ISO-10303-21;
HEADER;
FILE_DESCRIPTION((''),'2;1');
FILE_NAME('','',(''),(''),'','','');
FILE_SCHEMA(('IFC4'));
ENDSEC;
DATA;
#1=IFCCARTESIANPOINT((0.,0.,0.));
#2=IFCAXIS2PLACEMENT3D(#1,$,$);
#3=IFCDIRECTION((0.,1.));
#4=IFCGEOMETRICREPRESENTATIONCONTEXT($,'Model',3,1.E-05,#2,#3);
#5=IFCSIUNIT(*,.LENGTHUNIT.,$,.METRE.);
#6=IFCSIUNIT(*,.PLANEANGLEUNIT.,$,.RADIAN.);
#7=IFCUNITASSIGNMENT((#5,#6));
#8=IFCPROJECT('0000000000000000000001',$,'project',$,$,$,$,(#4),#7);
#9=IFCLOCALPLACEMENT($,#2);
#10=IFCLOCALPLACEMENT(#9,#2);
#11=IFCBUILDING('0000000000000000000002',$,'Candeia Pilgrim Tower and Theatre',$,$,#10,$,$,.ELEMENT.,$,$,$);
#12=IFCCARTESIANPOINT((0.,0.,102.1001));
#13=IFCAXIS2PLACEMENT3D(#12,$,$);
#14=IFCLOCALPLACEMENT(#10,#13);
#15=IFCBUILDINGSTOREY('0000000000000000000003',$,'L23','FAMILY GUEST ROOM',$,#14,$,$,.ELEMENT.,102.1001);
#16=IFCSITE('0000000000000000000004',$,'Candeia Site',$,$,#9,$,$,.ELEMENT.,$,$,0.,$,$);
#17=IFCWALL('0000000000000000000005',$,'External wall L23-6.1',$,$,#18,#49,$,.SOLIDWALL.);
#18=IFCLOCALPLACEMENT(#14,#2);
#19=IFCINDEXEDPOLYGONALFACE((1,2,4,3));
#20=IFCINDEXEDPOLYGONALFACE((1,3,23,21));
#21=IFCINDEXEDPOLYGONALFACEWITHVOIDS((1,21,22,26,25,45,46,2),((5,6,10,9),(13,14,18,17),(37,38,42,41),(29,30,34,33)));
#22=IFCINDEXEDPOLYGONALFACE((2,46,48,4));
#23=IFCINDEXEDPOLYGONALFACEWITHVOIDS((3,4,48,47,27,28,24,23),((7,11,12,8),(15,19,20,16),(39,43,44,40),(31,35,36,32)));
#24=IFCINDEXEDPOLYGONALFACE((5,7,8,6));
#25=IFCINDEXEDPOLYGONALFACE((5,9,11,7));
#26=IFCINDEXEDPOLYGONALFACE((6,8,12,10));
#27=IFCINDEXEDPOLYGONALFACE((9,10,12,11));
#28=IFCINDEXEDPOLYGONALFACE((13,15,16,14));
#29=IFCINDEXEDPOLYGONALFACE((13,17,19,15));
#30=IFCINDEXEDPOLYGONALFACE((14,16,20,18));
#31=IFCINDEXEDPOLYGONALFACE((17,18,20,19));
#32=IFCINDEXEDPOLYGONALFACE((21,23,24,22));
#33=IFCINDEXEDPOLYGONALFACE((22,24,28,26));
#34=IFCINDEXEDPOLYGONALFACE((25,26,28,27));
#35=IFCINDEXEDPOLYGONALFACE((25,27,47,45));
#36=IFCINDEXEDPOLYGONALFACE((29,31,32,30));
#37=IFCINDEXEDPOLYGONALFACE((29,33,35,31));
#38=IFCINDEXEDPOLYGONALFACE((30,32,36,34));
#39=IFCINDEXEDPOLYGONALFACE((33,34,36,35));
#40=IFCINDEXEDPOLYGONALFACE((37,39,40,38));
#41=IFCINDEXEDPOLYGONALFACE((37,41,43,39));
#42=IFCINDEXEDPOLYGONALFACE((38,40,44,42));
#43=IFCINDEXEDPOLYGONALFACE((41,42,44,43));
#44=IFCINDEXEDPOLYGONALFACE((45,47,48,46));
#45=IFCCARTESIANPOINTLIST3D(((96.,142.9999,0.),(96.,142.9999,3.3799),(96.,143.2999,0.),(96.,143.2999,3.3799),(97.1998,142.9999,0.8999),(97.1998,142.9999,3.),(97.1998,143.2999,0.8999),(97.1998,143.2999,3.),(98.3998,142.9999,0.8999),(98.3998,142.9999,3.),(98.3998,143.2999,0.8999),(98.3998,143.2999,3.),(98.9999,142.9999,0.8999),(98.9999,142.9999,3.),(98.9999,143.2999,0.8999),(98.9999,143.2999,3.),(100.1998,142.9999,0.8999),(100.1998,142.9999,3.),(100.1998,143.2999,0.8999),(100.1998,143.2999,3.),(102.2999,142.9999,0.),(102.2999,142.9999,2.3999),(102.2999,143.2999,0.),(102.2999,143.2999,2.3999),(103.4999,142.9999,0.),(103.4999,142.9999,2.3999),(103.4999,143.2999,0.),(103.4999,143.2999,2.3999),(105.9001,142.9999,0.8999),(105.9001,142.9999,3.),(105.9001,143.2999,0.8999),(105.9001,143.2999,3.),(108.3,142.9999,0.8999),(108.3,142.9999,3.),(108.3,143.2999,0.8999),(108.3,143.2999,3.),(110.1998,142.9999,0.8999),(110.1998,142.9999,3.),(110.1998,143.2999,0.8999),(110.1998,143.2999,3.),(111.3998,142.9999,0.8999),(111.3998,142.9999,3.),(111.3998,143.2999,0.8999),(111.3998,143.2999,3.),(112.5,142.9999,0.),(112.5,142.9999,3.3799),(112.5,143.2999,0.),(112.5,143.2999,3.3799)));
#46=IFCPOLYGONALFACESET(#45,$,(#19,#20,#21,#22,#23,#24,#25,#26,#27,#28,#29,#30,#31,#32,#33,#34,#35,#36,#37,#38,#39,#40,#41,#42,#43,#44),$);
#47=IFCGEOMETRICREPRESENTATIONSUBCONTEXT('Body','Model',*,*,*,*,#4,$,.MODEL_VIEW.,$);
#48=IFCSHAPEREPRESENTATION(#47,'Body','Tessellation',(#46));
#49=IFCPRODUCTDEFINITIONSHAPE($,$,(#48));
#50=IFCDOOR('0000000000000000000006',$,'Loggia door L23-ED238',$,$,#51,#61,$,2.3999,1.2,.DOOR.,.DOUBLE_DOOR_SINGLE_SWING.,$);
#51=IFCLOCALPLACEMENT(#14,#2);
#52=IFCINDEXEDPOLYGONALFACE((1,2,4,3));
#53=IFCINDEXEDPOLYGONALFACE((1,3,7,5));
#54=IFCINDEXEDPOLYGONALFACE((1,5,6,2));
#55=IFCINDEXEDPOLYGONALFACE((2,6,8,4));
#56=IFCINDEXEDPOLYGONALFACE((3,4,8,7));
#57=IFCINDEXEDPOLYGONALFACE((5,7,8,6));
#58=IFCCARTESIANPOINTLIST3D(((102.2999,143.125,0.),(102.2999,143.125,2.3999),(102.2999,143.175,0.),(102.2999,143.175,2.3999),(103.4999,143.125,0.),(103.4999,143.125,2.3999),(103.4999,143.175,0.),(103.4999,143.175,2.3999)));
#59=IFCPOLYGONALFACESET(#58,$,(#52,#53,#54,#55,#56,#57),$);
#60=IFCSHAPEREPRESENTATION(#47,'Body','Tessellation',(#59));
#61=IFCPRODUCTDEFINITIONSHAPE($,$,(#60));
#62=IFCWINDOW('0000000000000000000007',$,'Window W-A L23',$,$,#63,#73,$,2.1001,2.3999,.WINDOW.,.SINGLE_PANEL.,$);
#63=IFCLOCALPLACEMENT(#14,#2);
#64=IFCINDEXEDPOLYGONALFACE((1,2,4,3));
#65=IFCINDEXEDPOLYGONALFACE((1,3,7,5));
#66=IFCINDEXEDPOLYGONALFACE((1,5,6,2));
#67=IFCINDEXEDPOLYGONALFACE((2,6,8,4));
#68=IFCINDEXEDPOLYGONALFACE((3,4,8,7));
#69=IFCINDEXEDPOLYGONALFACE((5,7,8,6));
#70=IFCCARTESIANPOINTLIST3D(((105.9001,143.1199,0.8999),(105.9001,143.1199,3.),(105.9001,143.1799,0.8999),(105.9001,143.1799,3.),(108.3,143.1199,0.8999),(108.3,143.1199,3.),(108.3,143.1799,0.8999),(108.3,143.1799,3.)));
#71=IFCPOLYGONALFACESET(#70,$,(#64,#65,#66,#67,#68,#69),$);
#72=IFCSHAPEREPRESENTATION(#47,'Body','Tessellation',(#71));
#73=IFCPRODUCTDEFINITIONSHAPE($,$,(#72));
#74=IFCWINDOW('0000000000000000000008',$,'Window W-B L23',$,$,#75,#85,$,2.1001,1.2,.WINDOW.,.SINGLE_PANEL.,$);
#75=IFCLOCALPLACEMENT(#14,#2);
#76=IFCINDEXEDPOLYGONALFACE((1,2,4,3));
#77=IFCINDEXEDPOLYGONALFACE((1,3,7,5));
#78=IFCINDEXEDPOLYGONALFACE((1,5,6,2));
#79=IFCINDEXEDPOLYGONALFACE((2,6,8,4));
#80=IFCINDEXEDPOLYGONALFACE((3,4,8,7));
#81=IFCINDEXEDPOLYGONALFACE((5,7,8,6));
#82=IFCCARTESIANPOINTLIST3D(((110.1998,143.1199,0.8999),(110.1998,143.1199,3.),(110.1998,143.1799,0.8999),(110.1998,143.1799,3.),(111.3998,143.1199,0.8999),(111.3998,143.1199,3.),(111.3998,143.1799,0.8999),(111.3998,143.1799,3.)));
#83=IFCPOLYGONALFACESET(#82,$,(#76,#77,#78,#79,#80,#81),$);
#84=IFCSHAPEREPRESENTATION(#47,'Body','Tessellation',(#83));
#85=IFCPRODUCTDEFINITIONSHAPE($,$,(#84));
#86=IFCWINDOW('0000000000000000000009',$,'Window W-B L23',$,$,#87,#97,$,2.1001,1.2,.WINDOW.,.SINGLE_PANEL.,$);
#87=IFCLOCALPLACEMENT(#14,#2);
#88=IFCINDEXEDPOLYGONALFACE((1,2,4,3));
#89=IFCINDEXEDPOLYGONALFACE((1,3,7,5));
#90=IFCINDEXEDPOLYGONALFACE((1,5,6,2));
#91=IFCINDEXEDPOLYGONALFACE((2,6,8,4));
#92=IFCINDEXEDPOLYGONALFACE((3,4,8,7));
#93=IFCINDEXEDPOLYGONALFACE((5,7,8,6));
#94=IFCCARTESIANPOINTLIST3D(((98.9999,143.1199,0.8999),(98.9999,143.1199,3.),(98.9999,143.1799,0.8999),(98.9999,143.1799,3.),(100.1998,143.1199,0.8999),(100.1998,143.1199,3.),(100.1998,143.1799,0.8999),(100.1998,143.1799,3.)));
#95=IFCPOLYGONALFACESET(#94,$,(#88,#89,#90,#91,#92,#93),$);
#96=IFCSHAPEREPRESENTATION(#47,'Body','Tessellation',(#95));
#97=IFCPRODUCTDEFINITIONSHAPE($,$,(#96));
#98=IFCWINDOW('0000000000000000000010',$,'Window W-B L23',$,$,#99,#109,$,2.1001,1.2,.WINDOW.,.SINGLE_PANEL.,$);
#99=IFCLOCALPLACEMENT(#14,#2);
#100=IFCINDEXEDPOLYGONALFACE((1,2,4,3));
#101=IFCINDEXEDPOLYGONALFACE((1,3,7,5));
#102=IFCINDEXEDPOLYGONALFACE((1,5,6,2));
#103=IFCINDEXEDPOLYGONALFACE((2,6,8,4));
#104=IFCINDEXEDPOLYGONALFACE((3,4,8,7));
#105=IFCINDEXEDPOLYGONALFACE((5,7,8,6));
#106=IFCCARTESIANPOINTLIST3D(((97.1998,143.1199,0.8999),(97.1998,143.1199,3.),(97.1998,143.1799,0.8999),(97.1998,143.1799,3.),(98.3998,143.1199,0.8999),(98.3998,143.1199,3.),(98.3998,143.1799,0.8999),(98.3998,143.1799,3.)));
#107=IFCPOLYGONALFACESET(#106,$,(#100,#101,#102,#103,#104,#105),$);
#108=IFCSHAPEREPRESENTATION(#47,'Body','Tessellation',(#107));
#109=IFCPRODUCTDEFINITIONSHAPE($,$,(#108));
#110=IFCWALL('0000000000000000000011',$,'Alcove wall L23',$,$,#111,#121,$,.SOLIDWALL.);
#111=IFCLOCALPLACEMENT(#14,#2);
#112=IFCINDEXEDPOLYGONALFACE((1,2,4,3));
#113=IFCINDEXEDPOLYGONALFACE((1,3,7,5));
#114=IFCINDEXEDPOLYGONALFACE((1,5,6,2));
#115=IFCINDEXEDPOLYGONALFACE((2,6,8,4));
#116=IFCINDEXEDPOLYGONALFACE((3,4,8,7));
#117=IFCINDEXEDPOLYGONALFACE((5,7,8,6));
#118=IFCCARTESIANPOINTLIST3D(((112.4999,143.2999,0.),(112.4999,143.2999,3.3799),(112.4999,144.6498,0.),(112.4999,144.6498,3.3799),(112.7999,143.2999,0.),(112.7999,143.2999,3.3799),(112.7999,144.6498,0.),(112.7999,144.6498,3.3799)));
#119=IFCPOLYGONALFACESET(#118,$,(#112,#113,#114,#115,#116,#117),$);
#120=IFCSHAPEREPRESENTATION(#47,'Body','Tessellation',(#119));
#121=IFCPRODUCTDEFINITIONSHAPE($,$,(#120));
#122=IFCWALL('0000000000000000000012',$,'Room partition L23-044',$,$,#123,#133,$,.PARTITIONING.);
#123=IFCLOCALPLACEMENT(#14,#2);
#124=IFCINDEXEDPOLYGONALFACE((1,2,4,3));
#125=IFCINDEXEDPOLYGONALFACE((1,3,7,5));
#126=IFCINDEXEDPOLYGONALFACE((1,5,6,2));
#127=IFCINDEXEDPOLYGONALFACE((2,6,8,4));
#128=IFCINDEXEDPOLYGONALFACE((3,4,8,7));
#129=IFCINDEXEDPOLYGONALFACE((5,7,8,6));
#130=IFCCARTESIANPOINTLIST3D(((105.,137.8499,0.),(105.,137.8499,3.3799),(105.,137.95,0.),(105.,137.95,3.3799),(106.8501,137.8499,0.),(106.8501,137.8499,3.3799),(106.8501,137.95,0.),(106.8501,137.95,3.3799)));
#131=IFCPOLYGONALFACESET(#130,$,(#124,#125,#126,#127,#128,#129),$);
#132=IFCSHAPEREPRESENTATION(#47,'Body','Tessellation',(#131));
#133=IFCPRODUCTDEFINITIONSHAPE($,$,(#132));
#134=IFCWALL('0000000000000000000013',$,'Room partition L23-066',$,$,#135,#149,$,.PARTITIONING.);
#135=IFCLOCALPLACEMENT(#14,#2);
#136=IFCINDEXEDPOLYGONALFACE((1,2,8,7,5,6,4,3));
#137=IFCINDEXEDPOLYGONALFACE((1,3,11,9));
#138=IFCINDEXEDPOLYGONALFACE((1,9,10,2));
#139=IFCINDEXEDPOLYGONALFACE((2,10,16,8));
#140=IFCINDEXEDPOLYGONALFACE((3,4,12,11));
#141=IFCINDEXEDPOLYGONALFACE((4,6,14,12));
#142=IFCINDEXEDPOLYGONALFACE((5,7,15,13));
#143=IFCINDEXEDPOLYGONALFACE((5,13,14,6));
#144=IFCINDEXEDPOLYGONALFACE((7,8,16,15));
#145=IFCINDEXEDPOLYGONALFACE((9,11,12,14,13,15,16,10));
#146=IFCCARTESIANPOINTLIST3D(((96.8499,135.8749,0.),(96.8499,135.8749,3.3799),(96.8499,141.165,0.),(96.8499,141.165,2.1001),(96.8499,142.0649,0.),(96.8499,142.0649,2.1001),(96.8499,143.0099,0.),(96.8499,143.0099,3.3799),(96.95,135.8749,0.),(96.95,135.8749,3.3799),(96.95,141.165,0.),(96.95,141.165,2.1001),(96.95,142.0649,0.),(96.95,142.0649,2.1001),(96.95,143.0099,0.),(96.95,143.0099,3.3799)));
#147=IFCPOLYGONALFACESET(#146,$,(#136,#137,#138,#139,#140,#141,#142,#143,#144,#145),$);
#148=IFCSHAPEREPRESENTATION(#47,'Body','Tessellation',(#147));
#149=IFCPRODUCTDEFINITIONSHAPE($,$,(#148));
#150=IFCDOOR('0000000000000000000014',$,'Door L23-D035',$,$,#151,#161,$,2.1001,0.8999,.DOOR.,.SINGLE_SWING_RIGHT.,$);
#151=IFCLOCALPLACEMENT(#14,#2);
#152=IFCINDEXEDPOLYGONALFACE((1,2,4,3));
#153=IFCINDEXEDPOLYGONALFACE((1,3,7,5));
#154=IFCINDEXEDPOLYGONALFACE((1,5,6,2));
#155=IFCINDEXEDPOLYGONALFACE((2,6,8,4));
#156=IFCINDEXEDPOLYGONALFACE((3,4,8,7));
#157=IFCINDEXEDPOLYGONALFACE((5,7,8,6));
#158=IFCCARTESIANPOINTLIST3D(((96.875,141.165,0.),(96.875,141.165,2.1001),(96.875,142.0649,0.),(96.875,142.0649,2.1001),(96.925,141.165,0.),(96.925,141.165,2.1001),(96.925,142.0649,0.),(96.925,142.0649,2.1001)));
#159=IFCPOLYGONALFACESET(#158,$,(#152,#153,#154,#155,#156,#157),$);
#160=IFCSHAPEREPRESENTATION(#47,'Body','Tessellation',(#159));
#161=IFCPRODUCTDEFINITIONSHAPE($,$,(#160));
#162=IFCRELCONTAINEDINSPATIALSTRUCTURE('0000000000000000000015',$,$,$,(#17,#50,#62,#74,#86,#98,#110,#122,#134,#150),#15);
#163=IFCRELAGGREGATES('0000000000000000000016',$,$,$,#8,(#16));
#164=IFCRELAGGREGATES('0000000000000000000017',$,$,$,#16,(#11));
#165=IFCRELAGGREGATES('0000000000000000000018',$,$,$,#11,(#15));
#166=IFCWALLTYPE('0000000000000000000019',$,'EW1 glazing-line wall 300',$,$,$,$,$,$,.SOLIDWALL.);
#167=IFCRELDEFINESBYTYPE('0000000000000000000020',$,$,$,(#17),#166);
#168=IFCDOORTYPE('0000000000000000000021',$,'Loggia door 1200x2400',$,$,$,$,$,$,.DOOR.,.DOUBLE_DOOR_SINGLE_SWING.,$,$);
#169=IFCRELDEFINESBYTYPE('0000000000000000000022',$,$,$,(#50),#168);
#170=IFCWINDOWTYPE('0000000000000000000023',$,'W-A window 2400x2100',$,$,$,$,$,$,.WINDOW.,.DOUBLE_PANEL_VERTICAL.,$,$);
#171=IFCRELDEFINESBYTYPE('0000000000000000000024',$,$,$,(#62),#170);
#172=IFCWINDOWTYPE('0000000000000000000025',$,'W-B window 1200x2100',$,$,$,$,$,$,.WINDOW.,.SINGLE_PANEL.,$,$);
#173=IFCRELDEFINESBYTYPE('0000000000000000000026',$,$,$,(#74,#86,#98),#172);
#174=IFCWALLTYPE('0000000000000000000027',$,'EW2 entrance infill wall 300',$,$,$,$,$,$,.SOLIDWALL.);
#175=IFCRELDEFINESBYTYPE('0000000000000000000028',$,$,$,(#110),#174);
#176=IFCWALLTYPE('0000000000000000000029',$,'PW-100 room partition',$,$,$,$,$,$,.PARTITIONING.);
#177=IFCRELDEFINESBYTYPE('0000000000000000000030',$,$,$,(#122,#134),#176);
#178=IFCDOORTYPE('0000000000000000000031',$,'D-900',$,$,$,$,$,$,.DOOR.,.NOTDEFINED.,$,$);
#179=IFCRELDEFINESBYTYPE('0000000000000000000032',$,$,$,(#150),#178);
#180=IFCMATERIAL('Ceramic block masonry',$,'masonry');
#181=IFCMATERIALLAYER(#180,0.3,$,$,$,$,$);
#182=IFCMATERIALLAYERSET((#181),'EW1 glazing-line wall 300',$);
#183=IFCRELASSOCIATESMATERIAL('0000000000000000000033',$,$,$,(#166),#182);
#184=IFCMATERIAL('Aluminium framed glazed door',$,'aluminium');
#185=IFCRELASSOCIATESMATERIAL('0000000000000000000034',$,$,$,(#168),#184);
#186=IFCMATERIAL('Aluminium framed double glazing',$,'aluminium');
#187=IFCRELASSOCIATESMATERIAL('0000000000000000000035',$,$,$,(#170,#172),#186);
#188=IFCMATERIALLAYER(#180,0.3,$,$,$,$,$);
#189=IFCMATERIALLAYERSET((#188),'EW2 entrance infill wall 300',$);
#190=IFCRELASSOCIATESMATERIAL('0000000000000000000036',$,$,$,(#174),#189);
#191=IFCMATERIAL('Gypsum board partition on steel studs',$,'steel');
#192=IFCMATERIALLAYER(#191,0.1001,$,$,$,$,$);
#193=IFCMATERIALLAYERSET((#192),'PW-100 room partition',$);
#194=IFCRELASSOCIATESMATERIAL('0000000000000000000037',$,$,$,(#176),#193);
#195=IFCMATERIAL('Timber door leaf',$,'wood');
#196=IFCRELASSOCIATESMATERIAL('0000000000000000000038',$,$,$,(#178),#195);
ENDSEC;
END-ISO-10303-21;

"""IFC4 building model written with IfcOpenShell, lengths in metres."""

from ifc_helpers import new_model, si_unit, direction, frame, frame_2d, origin, place, context, subcontext, project, spatial, rectangle, extrude, material, layer, layer_set, type_object, element, fill, save


model = new_model("IFC4")

# Units and contexts
model_context = context("Model", 3, precision=1e-05, world=origin(), true_north=direction((0.0, 1.0)))
body_context = subcontext(model_context, "Body", "Model", "MODEL_VIEW")
ifc_project = project(units=[si_unit("LENGTHUNIT", "METRE"), si_unit("PLANEANGLEUNIT", "RADIAN")], contexts=[model_context])

# Site, building, storey
site_placement = place(None, origin())
site = spatial("IfcSite", under=ifc_project, at=site_placement, Name="Candeia Site", CompositionType="ELEMENT", RefElevation=0.0)
building_placement = place(site_placement, origin())
building = spatial("IfcBuilding", under=site, at=building_placement, Name="Candeia Pilgrim Tower and Theatre", CompositionType="ELEMENT")
storey_placement = place(building_placement, frame((0.0, 0.0, 102.1001)))
storey = spatial("IfcBuildingStorey", under=building, at=storey_placement, Name="L23", Description="FAMILY GUEST ROOM", CompositionType="ELEMENT", Elevation=102.1001)

# Wall, openings, door, windows
ifc_material_1 = material(Name="Ceramic block masonry", Category="masonry")
ifc_layer_1 = layer(ifc_material_1, 0.3)
ifc_layer_set_1 = layer_set([ifc_layer_1], Name="EW1 glazing-line wall 300")
wall_type_1 = type_object("IfcWallType", Name="EW1 glazing-line wall 300", PredefinedType="SOLIDWALL", material=ifc_layer_set_1)
wall_1_placement = place(storey_placement, frame((112.5, 143.1499, 0.0), z_axis=(0.0, 0.0, 1.0), x_axis=(-1.0, 0.0, 0.0)))
wall_1 = element("IfcWall", 1, at=wall_1_placement, inside=storey, type_object=wall_type_1, Name="External wall L23-6.1", PredefinedType="SOLIDWALL", context=body_context, shape_type="SweptSolid", body=[
    extrude(rectangle(XDim=16.5, YDim=0.3, at=frame_2d((8.25, 0.0))), origin(), (0.0, 0.0, 1.0), 3.3799),
])
opening_1_placement = place(wall_1_placement, frame((1.1001, 0.0, 0.8999)))
opening_1 = element("IfcOpeningElement", 2, at=opening_1_placement, cuts=wall_1, PredefinedType="OPENING", context=body_context, shape_type="SweptSolid", body=[
    extrude(rectangle(XDim=1.2, YDim=2.1001, at=frame_2d((0.6001, 1.05))), frame((0.0, 0.1602, 0.0), z_axis=(0.0, -1.0, 0.0), x_axis=(1.0, 0.0, 0.0)), (0.0, 0.0, 1.0), 0.3201),
])
opening_2_placement = place(wall_1_placement, frame((4.2, 0.0, 0.8999)))
opening_2 = element("IfcOpeningElement", 3, at=opening_2_placement, cuts=wall_1, PredefinedType="OPENING", context=body_context, shape_type="SweptSolid", body=[
    extrude(rectangle(XDim=2.3999, YDim=2.1001, at=frame_2d((1.2, 1.05))), frame((0.0, 0.1602, 0.0), z_axis=(0.0, -1.0, 0.0), x_axis=(1.0, 0.0, 0.0)), (0.0, 0.0, 1.0), 0.3201),
])
opening_3_placement = place(wall_1_placement, frame((9.0, 0.0, 0.0)))
opening_3 = element("IfcOpeningElement", 4, at=opening_3_placement, cuts=wall_1, PredefinedType="OPENING", context=body_context, shape_type="SweptSolid", body=[
    extrude(rectangle(XDim=1.2, YDim=2.3999, at=frame_2d((0.6001, 1.2))), frame((0.0, 0.1602, 0.0), z_axis=(0.0, -1.0, 0.0), x_axis=(1.0, 0.0, 0.0)), (0.0, 0.0, 1.0), 0.3201),
])
opening_4_placement = place(wall_1_placement, frame((12.3, 0.0, 0.8999)))
opening_4 = element("IfcOpeningElement", 5, at=opening_4_placement, cuts=wall_1, PredefinedType="OPENING", context=body_context, shape_type="SweptSolid", body=[
    extrude(rectangle(XDim=1.2, YDim=2.1001, at=frame_2d((0.6001, 1.05))), frame((0.0, 0.1602, 0.0), z_axis=(0.0, -1.0, 0.0), x_axis=(1.0, 0.0, 0.0)), (0.0, 0.0, 1.0), 0.3201),
])
opening_5_placement = place(wall_1_placement, frame((14.1001, 0.0, 0.8999)))
opening_5 = element("IfcOpeningElement", 6, at=opening_5_placement, cuts=wall_1, PredefinedType="OPENING", context=body_context, shape_type="SweptSolid", body=[
    extrude(rectangle(XDim=1.2, YDim=2.1001, at=frame_2d((0.6001, 1.05))), frame((0.0, 0.1602, 0.0), z_axis=(0.0, -1.0, 0.0), x_axis=(1.0, 0.0, 0.0)), (0.0, 0.0, 1.0), 0.3201),
])
ifc_material_2 = material(Name="Aluminium framed glazed door", Category="aluminium")
door_type_1 = type_object("IfcDoorType", Name="Loggia door 1200x2400", OperationType="DOUBLE_DOOR_SINGLE_SWING", PredefinedType="DOOR", material=ifc_material_2)
door_1_placement = place(opening_3_placement, origin())
door_1 = element("IfcDoor", 7, at=door_1_placement, inside=storey, type_object=door_type_1, Name="Loggia door L23-ED238", OperationType="DOUBLE_DOOR_SINGLE_SWING", OverallHeight=2.3999, OverallWidth=1.2, PredefinedType="DOOR", context=body_context, shape_type="SweptSolid", body=[
    extrude(rectangle(XDim=1.2, YDim=2.3999, at=frame_2d((0.6001, 1.2))), frame((0.0, 0.0249, 0.0), z_axis=(0.0, -1.0, 0.0), x_axis=(1.0, 0.0, 0.0)), (0.0, 0.0, 1.0), 0.05),
])
fill(opening_3, door_1)
ifc_material_3 = material(Name="Aluminium framed double glazing", Category="aluminium")
window_type_1 = type_object("IfcWindowType", Name="W-A window 2400x2100", PartitioningType="DOUBLE_PANEL_VERTICAL", PredefinedType="WINDOW", material=ifc_material_3)
window_1_placement = place(opening_2_placement, origin())
window_1 = element("IfcWindow", 8, at=window_1_placement, inside=storey, type_object=window_type_1, Name="Window W-A L23", OverallHeight=2.1001, OverallWidth=2.3999, PartitioningType="SINGLE_PANEL", PredefinedType="WINDOW", context=body_context, shape_type="SweptSolid", body=[
    extrude(rectangle(XDim=2.3999, YDim=2.1001, at=frame_2d((1.2, 1.05))), frame((0.0, 0.03, 0.0), z_axis=(0.0, -1.0, 0.0), x_axis=(1.0, 0.0, 0.0)), (0.0, 0.0, 1.0), 0.0601),
])
fill(opening_2, window_1)
window_type_2 = type_object("IfcWindowType", Name="W-B window 1200x2100", PartitioningType="SINGLE_PANEL", PredefinedType="WINDOW", material=ifc_material_3)
window_2_placement = place(opening_1_placement, origin())
window_2 = element("IfcWindow", 9, at=window_2_placement, inside=storey, type_object=window_type_2, Name="Window W-B L23", OverallHeight=2.1001, OverallWidth=1.2, PartitioningType="SINGLE_PANEL", PredefinedType="WINDOW", context=body_context, shape_type="SweptSolid", body=[
    extrude(rectangle(XDim=1.2, YDim=2.1001, at=frame_2d((0.6001, 1.05))), frame((0.0, 0.03, 0.0), z_axis=(0.0, -1.0, 0.0), x_axis=(1.0, 0.0, 0.0)), (0.0, 0.0, 1.0), 0.0601),
])
fill(opening_1, window_2)
window_3_placement = place(opening_4_placement, origin())
window_3 = element("IfcWindow", 10, at=window_3_placement, inside=storey, type_object=window_type_2, Name="Window W-B L23", OverallHeight=2.1001, OverallWidth=1.2, PartitioningType="SINGLE_PANEL", PredefinedType="WINDOW", context=body_context, shape_type="SweptSolid", body=[
    extrude(rectangle(XDim=1.2, YDim=2.1001, at=frame_2d((0.6001, 1.05))), frame((0.0, 0.03, 0.0), z_axis=(0.0, -1.0, 0.0), x_axis=(1.0, 0.0, 0.0)), (0.0, 0.0, 1.0), 0.0601),
])
fill(opening_4, window_3)
window_4_placement = place(opening_5_placement, origin())
window_4 = element("IfcWindow", 11, at=window_4_placement, inside=storey, type_object=window_type_2, Name="Window W-B L23", OverallHeight=2.1001, OverallWidth=1.2, PartitioningType="SINGLE_PANEL", PredefinedType="WINDOW", context=body_context, shape_type="SweptSolid", body=[
    extrude(rectangle(XDim=1.2, YDim=2.1001, at=frame_2d((0.6001, 1.05))), frame((0.0, 0.03, 0.0), z_axis=(0.0, -1.0, 0.0), x_axis=(1.0, 0.0, 0.0)), (0.0, 0.0, 1.0), 0.0601),
])
fill(opening_5, window_4)

# Walls
ifc_layer_2 = layer(ifc_material_1, 0.3)
ifc_layer_set_2 = layer_set([ifc_layer_2], Name="EW2 entrance infill wall 300")
wall_type_2 = type_object("IfcWallType", Name="EW2 entrance infill wall 300", PredefinedType="SOLIDWALL", material=ifc_layer_set_2)
wall_2_placement = place(storey_placement, frame((112.6499, 143.3, 0.0), z_axis=(0.0, 0.0, 1.0), x_axis=(0.0, 1.0, 0.0)))
element("IfcWall", 12, at=wall_2_placement, inside=storey, type_object=wall_type_2, Name="Alcove wall L23", PredefinedType="SOLIDWALL", context=body_context, shape_type="SweptSolid", body=[
    extrude(rectangle(XDim=1.3499, YDim=0.3, at=frame_2d((0.6748, 0.0))), origin(), (0.0, 0.0, 1.0), 3.3799),
])
ifc_material_4 = material(Name="Gypsum board partition on steel studs", Category="steel")
ifc_layer_3 = layer(ifc_material_4, 0.1001)
ifc_layer_set_3 = layer_set([ifc_layer_3], Name="PW-100 room partition")
wall_type_3 = type_object("IfcWallType", Name="PW-100 room partition", PredefinedType="PARTITIONING", material=ifc_layer_set_3)
wall_3_placement = place(storey_placement, frame((105.0, 137.8999, 0.0), z_axis=(0.0, 0.0, 1.0), x_axis=(1.0, 0.0, 0.0)))
element("IfcWall", 13, at=wall_3_placement, inside=storey, type_object=wall_type_3, Name="Room partition L23-044", PredefinedType="PARTITIONING", context=body_context, shape_type="SweptSolid", body=[
    extrude(rectangle(XDim=1.8501, YDim=0.1001, at=frame_2d((0.925, 0.0))), origin(), (0.0, 0.0, 1.0), 3.3799),
])

# Wall, opening, door
wall_4_placement = place(storey_placement, frame((96.8999, 135.875, 0.0), z_axis=(0.0, 0.0, 1.0), x_axis=(0.0, 1.0, 0.0)))
wall_4 = element("IfcWall", 14, at=wall_4_placement, inside=storey, type_object=wall_type_3, Name="Room partition L23-066", PredefinedType="PARTITIONING", context=body_context, shape_type="SweptSolid", body=[
    extrude(rectangle(XDim=7.135, YDim=0.1001, at=frame_2d((3.5674, 0.0))), origin(), (0.0, 0.0, 1.0), 3.3799),
])
opening_6_placement = place(wall_4_placement, frame((5.29, 0.0, 0.0)))
opening_6 = element("IfcOpeningElement", 15, at=opening_6_placement, cuts=wall_4, PredefinedType="OPENING", context=body_context, shape_type="SweptSolid", body=[
    extrude(rectangle(XDim=0.8999, YDim=2.1001, at=frame_2d((0.45, 1.05))), frame((0.0, 0.0601, 0.0), z_axis=(0.0, -1.0, 0.0), x_axis=(1.0, 0.0, 0.0)), (0.0, 0.0, 1.0), 0.1201),
])
ifc_material_5 = material(Name="Timber door leaf", Category="wood")
door_type_2 = type_object("IfcDoorType", Name="D-900", OperationType="NOTDEFINED", PredefinedType="DOOR", material=ifc_material_5)
door_2_placement = place(opening_6_placement, origin())
door_2 = element("IfcDoor", 16, at=door_2_placement, inside=storey, type_object=door_type_2, Name="Door L23-D035", OperationType="SINGLE_SWING_RIGHT", OverallHeight=2.1001, OverallWidth=0.8999, PredefinedType="DOOR", context=body_context, shape_type="SweptSolid", body=[
    extrude(rectangle(XDim=0.8999, YDim=2.1001, at=frame_2d((0.45, 1.05))), frame((0.0, 0.0249, 0.0), z_axis=(0.0, -1.0, 0.0), x_axis=(1.0, 0.0, 0.0)), (0.0, 0.0, 1.0), 0.05),
])
fill(opening_6, door_2)

save(model, "model.ifc")
